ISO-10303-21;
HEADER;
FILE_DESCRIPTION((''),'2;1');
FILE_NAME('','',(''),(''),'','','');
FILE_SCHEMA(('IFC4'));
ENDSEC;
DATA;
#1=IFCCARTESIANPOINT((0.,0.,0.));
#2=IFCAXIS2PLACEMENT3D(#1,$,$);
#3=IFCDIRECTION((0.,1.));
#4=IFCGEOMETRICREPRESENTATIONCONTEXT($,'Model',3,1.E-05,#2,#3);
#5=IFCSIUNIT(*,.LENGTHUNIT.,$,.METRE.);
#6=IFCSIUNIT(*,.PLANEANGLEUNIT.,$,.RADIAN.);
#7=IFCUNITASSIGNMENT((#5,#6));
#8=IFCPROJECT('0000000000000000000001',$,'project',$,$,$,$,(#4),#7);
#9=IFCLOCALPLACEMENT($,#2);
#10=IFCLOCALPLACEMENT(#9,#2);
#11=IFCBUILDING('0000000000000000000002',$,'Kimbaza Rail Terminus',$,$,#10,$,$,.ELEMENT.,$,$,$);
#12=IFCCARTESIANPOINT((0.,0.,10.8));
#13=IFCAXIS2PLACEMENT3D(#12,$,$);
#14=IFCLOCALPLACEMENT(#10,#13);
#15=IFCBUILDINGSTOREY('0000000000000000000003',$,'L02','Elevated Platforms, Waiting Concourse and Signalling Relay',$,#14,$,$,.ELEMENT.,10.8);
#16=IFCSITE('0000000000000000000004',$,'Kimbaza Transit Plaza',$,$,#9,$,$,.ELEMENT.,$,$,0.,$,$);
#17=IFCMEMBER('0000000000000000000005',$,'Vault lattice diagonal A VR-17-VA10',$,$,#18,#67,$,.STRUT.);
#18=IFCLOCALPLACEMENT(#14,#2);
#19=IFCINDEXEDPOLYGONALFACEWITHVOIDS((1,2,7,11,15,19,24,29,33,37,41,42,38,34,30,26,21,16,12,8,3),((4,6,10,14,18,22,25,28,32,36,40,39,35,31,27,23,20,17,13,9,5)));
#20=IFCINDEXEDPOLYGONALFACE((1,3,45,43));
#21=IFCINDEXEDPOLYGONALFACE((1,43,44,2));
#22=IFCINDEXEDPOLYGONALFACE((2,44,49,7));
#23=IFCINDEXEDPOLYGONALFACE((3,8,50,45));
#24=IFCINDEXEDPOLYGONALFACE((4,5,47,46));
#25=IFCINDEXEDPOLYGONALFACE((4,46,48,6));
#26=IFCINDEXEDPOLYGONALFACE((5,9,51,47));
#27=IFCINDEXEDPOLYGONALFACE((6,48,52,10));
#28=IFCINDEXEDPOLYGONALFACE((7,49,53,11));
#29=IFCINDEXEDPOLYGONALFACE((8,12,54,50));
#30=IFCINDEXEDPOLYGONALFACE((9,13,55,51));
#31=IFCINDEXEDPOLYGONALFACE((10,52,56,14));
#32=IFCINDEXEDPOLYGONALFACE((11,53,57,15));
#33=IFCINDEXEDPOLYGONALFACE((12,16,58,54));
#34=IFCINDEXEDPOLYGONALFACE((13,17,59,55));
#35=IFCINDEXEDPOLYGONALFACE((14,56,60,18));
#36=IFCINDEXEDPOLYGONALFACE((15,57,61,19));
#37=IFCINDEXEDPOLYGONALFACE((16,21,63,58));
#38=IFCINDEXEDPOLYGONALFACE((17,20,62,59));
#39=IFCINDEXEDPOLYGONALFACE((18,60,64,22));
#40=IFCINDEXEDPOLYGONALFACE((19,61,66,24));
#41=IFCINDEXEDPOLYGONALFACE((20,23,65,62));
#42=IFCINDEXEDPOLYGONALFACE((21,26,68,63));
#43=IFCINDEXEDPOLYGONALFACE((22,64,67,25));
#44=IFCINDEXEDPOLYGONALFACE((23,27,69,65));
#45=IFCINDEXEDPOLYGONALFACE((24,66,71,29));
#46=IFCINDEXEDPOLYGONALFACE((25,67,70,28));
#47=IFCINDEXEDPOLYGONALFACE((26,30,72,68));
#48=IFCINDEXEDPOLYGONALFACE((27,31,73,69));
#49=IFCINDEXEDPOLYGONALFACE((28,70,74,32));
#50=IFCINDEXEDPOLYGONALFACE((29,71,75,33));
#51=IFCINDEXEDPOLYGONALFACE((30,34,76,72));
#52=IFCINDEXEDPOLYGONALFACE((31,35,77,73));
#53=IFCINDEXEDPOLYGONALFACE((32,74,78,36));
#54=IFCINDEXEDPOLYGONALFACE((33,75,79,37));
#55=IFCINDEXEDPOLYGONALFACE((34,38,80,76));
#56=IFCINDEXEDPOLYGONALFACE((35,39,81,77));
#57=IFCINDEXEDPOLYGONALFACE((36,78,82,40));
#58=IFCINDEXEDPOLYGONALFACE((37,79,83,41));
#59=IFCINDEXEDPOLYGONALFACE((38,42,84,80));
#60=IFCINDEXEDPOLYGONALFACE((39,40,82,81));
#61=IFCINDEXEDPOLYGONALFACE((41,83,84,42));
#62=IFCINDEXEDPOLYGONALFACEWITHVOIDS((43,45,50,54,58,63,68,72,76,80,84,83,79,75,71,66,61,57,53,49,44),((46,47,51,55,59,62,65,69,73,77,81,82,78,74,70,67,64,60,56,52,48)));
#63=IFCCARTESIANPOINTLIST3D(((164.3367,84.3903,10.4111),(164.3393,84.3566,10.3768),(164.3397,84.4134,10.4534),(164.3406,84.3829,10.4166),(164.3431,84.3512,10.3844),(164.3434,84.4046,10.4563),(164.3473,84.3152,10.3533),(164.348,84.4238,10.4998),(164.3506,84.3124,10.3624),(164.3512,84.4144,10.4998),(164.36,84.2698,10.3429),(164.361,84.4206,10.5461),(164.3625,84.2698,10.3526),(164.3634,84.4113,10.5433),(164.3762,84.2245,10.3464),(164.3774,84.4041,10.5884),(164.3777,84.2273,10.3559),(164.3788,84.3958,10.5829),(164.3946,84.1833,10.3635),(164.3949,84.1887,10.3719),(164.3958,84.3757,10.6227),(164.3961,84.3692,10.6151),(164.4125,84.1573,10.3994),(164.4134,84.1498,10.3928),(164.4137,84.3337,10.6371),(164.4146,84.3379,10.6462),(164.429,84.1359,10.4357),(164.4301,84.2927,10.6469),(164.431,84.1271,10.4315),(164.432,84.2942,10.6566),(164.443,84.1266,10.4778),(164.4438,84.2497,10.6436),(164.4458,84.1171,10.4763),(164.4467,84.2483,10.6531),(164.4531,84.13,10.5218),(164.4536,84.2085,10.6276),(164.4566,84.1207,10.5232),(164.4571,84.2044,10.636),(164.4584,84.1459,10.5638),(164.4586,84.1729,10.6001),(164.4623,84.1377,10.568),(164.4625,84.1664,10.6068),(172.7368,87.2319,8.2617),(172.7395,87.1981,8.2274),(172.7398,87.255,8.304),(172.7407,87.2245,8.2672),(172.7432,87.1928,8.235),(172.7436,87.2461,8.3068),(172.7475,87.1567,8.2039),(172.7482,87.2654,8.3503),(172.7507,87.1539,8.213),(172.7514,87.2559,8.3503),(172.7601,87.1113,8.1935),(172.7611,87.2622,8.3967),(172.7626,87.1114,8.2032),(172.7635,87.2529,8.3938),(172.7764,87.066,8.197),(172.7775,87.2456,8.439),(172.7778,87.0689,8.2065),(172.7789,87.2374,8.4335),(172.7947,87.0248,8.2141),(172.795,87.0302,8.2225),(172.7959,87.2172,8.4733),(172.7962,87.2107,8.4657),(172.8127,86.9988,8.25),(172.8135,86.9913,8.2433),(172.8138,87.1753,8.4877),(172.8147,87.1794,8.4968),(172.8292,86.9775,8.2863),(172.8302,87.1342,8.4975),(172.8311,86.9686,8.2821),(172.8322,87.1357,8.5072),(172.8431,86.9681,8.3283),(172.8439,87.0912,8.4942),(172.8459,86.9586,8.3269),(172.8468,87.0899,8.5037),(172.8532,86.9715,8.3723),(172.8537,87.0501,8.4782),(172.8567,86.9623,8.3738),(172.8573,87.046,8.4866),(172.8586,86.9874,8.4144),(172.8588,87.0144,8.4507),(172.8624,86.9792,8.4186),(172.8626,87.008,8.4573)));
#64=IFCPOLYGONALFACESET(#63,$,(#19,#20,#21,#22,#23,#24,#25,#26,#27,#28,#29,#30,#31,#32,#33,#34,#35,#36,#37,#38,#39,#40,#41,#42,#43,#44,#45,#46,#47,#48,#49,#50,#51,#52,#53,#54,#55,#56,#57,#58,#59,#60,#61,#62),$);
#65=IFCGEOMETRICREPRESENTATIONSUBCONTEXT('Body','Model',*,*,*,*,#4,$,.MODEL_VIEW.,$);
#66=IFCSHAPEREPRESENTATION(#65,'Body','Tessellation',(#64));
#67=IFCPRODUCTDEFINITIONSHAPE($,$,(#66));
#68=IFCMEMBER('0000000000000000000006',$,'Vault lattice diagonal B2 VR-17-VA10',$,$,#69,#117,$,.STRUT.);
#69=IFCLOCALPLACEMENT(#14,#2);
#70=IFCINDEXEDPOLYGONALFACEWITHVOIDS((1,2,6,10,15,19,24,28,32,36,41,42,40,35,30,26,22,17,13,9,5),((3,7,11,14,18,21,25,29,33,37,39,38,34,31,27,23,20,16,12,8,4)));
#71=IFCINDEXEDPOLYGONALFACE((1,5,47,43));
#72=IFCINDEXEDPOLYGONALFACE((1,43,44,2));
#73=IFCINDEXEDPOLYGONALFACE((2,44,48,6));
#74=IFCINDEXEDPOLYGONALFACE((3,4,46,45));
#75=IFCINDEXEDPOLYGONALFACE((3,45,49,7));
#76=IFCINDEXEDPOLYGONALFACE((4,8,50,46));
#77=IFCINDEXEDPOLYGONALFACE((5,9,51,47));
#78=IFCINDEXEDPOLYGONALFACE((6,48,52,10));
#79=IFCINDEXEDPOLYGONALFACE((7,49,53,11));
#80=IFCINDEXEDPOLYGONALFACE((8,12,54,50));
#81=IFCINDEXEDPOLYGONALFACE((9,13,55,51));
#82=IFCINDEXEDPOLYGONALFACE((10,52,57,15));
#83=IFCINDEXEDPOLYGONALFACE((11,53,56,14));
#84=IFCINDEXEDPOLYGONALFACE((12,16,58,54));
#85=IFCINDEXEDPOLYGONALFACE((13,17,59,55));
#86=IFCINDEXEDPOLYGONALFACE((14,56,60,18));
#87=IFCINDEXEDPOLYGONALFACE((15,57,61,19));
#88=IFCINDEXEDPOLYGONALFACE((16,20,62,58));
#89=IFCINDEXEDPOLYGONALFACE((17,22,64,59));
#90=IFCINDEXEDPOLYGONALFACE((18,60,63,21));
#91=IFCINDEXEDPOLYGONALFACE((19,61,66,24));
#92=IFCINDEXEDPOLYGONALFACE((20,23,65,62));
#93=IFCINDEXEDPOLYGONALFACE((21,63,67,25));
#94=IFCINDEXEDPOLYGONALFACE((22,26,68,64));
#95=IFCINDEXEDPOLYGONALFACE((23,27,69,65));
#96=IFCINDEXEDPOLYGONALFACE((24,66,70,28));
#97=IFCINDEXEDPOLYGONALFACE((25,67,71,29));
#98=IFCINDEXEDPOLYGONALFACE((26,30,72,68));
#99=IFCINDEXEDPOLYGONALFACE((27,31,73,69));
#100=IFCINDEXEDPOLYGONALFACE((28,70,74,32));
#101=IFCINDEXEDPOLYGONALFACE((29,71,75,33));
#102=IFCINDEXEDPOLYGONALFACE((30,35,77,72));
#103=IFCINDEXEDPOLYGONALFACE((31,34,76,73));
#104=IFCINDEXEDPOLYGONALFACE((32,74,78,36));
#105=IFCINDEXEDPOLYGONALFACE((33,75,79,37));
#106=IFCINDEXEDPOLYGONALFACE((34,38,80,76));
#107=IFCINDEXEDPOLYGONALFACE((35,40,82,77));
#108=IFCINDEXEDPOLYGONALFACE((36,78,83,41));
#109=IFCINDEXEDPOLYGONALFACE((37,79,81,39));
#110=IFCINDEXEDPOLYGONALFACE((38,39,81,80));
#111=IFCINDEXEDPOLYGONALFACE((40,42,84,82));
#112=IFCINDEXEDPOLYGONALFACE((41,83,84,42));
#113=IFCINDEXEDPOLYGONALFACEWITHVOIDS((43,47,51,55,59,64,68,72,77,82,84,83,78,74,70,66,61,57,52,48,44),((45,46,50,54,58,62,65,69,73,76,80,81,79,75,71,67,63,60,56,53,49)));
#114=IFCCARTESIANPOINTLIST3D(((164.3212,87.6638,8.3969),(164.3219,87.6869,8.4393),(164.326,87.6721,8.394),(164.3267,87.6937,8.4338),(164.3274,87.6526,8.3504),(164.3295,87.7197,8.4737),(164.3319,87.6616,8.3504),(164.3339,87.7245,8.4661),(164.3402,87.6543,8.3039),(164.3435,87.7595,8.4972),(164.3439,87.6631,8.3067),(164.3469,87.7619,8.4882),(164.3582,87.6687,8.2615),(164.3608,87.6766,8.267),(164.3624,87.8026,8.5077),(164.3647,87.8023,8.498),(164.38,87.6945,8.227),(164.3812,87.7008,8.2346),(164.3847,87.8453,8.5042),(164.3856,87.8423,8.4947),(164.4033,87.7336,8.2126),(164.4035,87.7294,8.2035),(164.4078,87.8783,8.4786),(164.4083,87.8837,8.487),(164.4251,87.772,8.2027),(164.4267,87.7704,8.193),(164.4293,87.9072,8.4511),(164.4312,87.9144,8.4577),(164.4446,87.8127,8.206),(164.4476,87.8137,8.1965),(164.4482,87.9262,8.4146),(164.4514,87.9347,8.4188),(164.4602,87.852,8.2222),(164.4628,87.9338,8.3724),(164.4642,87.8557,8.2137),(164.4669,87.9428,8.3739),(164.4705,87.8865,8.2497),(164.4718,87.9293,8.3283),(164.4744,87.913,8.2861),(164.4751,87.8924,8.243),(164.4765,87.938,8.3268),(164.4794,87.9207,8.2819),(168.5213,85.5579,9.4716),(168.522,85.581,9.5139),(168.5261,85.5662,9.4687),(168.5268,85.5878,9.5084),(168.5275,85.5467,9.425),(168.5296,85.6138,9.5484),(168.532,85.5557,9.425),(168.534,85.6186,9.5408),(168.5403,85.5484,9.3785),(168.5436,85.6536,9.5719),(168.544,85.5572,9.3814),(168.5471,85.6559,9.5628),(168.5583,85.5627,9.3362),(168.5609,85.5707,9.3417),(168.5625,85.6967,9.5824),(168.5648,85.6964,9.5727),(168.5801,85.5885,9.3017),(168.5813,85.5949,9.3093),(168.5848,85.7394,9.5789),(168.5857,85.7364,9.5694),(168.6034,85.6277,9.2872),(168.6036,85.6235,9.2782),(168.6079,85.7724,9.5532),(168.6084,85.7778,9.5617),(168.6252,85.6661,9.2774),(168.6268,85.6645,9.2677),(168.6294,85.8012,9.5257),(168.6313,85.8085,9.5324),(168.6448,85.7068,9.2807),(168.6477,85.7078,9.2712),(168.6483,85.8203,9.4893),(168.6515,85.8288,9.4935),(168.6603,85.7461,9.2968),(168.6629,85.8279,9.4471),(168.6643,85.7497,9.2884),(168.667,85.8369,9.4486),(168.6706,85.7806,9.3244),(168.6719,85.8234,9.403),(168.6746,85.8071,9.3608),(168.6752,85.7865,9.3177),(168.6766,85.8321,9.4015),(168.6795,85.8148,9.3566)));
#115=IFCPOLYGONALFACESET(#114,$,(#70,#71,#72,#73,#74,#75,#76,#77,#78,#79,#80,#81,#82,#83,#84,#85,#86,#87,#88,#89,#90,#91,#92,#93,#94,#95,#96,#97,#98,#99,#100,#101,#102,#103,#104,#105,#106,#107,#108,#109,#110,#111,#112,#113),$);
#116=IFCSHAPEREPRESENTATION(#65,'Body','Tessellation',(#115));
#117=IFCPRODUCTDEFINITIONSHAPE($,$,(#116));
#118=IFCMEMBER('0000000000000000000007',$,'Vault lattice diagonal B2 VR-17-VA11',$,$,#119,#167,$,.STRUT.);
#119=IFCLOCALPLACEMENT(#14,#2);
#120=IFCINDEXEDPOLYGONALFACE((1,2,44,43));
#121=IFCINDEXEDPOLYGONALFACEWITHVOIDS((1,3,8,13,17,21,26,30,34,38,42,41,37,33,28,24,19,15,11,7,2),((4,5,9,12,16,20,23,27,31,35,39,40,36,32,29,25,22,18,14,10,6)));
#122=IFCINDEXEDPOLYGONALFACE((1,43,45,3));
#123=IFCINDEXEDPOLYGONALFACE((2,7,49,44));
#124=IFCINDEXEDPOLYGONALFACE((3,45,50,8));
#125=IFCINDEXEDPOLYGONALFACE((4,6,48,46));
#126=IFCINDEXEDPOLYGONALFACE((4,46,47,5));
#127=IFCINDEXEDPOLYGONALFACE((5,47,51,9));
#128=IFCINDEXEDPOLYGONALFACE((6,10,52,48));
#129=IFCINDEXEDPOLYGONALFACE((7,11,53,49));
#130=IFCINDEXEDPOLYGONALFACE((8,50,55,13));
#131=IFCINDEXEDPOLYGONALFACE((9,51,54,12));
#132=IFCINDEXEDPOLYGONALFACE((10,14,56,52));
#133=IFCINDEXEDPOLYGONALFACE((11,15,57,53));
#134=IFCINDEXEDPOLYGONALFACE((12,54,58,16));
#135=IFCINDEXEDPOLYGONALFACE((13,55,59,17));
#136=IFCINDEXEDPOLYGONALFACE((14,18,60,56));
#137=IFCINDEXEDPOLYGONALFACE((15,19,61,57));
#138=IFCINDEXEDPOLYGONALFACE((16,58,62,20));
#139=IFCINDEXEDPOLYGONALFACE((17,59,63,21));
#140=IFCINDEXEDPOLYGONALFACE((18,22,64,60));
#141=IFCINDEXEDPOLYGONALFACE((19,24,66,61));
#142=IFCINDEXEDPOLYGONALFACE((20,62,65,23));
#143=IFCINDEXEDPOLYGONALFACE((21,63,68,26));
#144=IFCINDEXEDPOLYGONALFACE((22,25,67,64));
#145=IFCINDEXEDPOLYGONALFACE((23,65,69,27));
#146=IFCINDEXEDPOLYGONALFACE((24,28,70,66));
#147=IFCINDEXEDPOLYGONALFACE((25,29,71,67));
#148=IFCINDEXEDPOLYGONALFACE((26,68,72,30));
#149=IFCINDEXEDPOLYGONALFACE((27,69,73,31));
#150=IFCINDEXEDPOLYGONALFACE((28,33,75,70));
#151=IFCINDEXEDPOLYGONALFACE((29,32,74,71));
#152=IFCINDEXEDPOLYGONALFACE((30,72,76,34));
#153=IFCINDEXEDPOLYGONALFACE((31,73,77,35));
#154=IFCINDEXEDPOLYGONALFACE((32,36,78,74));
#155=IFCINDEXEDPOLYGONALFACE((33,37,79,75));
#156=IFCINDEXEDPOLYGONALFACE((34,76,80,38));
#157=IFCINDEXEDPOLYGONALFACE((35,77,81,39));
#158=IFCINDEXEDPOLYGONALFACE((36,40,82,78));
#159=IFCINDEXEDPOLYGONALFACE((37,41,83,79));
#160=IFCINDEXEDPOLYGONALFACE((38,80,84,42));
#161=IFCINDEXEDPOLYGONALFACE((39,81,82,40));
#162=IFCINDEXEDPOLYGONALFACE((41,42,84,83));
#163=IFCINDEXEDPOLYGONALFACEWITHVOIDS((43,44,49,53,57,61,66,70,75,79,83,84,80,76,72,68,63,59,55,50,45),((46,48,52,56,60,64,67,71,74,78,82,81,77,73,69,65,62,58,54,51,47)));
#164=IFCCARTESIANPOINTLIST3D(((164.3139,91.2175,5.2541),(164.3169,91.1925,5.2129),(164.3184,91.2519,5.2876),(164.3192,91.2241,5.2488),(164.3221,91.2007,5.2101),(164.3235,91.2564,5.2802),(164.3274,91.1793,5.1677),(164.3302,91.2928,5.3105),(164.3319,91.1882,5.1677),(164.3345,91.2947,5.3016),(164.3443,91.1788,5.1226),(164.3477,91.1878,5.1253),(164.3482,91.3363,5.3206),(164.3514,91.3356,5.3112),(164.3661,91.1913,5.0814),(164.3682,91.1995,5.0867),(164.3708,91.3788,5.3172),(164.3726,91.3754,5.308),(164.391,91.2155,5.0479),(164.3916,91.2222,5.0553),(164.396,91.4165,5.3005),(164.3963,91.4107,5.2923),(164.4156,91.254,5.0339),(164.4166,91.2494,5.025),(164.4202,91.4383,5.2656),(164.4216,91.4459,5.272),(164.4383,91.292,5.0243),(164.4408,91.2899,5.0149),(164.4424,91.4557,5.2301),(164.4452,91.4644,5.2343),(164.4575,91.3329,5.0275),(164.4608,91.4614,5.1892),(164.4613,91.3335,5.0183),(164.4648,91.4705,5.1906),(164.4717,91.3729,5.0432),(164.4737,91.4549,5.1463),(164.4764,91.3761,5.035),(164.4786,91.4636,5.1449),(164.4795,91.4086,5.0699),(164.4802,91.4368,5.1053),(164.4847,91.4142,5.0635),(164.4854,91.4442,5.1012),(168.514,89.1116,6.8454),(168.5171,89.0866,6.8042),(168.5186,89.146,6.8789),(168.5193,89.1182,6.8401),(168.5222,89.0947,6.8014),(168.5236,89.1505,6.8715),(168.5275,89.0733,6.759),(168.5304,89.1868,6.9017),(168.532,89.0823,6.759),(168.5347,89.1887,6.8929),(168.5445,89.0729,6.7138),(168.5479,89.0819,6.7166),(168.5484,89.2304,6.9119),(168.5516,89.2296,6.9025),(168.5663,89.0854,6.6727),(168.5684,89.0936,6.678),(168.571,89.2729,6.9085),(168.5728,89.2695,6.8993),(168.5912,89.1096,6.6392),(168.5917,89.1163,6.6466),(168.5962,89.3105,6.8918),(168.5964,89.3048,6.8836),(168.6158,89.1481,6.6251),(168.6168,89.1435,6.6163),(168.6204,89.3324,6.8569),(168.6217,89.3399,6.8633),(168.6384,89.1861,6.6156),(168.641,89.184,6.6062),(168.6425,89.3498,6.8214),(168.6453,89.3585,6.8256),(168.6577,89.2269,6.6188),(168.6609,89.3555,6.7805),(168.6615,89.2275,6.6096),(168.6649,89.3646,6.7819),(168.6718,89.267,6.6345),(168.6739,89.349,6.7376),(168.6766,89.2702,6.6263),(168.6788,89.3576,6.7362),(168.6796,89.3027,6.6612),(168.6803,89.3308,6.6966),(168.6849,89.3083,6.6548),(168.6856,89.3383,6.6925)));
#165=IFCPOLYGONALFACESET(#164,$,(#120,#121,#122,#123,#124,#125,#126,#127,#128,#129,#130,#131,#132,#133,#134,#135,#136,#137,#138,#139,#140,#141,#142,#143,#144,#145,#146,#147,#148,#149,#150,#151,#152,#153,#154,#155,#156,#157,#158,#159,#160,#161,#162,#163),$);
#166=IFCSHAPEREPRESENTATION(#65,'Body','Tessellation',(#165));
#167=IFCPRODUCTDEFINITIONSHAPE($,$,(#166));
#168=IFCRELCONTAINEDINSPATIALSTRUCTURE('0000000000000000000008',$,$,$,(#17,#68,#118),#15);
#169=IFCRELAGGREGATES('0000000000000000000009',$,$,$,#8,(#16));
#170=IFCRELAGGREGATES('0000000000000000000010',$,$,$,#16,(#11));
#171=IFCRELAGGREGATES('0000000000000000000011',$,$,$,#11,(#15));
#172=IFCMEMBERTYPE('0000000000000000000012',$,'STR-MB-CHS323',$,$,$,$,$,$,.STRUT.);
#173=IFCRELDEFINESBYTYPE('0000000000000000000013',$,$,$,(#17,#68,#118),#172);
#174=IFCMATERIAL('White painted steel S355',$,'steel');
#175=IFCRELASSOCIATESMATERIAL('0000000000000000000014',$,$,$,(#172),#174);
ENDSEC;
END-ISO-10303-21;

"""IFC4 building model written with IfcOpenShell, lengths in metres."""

from ifc_helpers import new_model, si_unit, direction, frame, origin, origin_2d, place, context, subcontext, project, spatial, hollow_circle, extrude, material, material_profile, profile_set, type_object, element, save


model = new_model("IFC4")

# Units and contexts
model_context = context("Model", 3, precision=1e-05, world=origin(), true_north=direction((0.0, 1.0)))
body_context = subcontext(model_context, "Body", "Model", "MODEL_VIEW")
ifc_project = project(units=[si_unit("LENGTHUNIT", "METRE"), si_unit("PLANEANGLEUNIT", "RADIAN")], contexts=[model_context])

# Site, building, storey
site_placement = place(None, origin())
site = spatial("IfcSite", under=ifc_project, at=site_placement, Name="Kimbaza Transit Plaza", CompositionType="ELEMENT", RefElevation=0.0)
building_placement = place(site_placement, origin())
building = spatial("IfcBuilding", under=site, at=building_placement, Name="Kimbaza Rail Terminus", CompositionType="ELEMENT")
storey_placement = place(building_placement, frame((0.0, 0.0, 10.8)))
storey = spatial("IfcBuildingStorey", under=building, at=storey_placement, Name="L02", Description="Elevated Platforms, Waiting Concourse and Signalling Relay", CompositionType="ELEMENT", Elevation=10.8)

# Members
ifc_material_1 = material(Name="White painted steel S355", Category="steel")
ifc_material_profile_1 = material_profile(ifc_material_1, hollow_circle(Radius=0.1619, WallThickness=0.01, at=origin_2d()), Name="CHS 323.9x10")
ifc_profile_set_1 = profile_set([ifc_material_profile_1], Name="White painted steel S355")
member_type_1 = type_object("IfcMemberType", Name="STR-MB-CHS323", PredefinedType="STRUT", material=ifc_profile_set_1)
member_1_placement = place(storey_placement, frame((164.3999, 84.2705, 10.4998), z_axis=(0.920612, 0.311419, -0.235565), x_axis=(-0.320437, 0.94727, 0.0)))
element("IfcMember", 1, at=member_1_placement, inside=storey, type_object=member_type_1, Name="Vault lattice diagonal A VR-17-VA10", PredefinedType="STRUT", context=body_context, shape_type="SweptSolid", body=[
    extrude(hollow_circle(Radius=0.1619, WallThickness=0.01, at=origin_2d()), origin(), (0.0, 0.0, 1.0), 9.1245),
])
member_2_placement = place(storey_placement, frame((168.6001, 85.6914, 9.425), z_axis=(-0.871423, 0.436927, -0.222972), x_axis=(-0.448211, -0.893928, 0.0)))
element("IfcMember", 2, at=member_2_placement, inside=storey, type_object=member_type_1, Name="Vault lattice diagonal B2 VR-17-VA10", PredefinedType="STRUT", context=body_context, shape_type="SweptSolid", body=[
    extrude(hollow_circle(Radius=0.1619, WallThickness=0.01, at=origin_2d()), origin(), (0.0, 0.0, 1.0), 4.8198),
])
member_3_placement = place(storey_placement, frame((168.6001, 89.218, 6.759), z_axis=(-0.846687, 0.424525, -0.32078), x_axis=(-0.448211, -0.893928, 0.0)))
element("IfcMember", 3, at=member_3_placement, inside=storey, type_object=member_type_1, Name="Vault lattice diagonal B2 VR-17-VA11", PredefinedType="STRUT", context=body_context, shape_type="SweptSolid", body=[
    extrude(hollow_circle(Radius=0.1619, WallThickness=0.01, at=origin_2d()), origin(), (0.0, 0.0, 1.0), 4.9607),
])

save(model, "model.ifc")
